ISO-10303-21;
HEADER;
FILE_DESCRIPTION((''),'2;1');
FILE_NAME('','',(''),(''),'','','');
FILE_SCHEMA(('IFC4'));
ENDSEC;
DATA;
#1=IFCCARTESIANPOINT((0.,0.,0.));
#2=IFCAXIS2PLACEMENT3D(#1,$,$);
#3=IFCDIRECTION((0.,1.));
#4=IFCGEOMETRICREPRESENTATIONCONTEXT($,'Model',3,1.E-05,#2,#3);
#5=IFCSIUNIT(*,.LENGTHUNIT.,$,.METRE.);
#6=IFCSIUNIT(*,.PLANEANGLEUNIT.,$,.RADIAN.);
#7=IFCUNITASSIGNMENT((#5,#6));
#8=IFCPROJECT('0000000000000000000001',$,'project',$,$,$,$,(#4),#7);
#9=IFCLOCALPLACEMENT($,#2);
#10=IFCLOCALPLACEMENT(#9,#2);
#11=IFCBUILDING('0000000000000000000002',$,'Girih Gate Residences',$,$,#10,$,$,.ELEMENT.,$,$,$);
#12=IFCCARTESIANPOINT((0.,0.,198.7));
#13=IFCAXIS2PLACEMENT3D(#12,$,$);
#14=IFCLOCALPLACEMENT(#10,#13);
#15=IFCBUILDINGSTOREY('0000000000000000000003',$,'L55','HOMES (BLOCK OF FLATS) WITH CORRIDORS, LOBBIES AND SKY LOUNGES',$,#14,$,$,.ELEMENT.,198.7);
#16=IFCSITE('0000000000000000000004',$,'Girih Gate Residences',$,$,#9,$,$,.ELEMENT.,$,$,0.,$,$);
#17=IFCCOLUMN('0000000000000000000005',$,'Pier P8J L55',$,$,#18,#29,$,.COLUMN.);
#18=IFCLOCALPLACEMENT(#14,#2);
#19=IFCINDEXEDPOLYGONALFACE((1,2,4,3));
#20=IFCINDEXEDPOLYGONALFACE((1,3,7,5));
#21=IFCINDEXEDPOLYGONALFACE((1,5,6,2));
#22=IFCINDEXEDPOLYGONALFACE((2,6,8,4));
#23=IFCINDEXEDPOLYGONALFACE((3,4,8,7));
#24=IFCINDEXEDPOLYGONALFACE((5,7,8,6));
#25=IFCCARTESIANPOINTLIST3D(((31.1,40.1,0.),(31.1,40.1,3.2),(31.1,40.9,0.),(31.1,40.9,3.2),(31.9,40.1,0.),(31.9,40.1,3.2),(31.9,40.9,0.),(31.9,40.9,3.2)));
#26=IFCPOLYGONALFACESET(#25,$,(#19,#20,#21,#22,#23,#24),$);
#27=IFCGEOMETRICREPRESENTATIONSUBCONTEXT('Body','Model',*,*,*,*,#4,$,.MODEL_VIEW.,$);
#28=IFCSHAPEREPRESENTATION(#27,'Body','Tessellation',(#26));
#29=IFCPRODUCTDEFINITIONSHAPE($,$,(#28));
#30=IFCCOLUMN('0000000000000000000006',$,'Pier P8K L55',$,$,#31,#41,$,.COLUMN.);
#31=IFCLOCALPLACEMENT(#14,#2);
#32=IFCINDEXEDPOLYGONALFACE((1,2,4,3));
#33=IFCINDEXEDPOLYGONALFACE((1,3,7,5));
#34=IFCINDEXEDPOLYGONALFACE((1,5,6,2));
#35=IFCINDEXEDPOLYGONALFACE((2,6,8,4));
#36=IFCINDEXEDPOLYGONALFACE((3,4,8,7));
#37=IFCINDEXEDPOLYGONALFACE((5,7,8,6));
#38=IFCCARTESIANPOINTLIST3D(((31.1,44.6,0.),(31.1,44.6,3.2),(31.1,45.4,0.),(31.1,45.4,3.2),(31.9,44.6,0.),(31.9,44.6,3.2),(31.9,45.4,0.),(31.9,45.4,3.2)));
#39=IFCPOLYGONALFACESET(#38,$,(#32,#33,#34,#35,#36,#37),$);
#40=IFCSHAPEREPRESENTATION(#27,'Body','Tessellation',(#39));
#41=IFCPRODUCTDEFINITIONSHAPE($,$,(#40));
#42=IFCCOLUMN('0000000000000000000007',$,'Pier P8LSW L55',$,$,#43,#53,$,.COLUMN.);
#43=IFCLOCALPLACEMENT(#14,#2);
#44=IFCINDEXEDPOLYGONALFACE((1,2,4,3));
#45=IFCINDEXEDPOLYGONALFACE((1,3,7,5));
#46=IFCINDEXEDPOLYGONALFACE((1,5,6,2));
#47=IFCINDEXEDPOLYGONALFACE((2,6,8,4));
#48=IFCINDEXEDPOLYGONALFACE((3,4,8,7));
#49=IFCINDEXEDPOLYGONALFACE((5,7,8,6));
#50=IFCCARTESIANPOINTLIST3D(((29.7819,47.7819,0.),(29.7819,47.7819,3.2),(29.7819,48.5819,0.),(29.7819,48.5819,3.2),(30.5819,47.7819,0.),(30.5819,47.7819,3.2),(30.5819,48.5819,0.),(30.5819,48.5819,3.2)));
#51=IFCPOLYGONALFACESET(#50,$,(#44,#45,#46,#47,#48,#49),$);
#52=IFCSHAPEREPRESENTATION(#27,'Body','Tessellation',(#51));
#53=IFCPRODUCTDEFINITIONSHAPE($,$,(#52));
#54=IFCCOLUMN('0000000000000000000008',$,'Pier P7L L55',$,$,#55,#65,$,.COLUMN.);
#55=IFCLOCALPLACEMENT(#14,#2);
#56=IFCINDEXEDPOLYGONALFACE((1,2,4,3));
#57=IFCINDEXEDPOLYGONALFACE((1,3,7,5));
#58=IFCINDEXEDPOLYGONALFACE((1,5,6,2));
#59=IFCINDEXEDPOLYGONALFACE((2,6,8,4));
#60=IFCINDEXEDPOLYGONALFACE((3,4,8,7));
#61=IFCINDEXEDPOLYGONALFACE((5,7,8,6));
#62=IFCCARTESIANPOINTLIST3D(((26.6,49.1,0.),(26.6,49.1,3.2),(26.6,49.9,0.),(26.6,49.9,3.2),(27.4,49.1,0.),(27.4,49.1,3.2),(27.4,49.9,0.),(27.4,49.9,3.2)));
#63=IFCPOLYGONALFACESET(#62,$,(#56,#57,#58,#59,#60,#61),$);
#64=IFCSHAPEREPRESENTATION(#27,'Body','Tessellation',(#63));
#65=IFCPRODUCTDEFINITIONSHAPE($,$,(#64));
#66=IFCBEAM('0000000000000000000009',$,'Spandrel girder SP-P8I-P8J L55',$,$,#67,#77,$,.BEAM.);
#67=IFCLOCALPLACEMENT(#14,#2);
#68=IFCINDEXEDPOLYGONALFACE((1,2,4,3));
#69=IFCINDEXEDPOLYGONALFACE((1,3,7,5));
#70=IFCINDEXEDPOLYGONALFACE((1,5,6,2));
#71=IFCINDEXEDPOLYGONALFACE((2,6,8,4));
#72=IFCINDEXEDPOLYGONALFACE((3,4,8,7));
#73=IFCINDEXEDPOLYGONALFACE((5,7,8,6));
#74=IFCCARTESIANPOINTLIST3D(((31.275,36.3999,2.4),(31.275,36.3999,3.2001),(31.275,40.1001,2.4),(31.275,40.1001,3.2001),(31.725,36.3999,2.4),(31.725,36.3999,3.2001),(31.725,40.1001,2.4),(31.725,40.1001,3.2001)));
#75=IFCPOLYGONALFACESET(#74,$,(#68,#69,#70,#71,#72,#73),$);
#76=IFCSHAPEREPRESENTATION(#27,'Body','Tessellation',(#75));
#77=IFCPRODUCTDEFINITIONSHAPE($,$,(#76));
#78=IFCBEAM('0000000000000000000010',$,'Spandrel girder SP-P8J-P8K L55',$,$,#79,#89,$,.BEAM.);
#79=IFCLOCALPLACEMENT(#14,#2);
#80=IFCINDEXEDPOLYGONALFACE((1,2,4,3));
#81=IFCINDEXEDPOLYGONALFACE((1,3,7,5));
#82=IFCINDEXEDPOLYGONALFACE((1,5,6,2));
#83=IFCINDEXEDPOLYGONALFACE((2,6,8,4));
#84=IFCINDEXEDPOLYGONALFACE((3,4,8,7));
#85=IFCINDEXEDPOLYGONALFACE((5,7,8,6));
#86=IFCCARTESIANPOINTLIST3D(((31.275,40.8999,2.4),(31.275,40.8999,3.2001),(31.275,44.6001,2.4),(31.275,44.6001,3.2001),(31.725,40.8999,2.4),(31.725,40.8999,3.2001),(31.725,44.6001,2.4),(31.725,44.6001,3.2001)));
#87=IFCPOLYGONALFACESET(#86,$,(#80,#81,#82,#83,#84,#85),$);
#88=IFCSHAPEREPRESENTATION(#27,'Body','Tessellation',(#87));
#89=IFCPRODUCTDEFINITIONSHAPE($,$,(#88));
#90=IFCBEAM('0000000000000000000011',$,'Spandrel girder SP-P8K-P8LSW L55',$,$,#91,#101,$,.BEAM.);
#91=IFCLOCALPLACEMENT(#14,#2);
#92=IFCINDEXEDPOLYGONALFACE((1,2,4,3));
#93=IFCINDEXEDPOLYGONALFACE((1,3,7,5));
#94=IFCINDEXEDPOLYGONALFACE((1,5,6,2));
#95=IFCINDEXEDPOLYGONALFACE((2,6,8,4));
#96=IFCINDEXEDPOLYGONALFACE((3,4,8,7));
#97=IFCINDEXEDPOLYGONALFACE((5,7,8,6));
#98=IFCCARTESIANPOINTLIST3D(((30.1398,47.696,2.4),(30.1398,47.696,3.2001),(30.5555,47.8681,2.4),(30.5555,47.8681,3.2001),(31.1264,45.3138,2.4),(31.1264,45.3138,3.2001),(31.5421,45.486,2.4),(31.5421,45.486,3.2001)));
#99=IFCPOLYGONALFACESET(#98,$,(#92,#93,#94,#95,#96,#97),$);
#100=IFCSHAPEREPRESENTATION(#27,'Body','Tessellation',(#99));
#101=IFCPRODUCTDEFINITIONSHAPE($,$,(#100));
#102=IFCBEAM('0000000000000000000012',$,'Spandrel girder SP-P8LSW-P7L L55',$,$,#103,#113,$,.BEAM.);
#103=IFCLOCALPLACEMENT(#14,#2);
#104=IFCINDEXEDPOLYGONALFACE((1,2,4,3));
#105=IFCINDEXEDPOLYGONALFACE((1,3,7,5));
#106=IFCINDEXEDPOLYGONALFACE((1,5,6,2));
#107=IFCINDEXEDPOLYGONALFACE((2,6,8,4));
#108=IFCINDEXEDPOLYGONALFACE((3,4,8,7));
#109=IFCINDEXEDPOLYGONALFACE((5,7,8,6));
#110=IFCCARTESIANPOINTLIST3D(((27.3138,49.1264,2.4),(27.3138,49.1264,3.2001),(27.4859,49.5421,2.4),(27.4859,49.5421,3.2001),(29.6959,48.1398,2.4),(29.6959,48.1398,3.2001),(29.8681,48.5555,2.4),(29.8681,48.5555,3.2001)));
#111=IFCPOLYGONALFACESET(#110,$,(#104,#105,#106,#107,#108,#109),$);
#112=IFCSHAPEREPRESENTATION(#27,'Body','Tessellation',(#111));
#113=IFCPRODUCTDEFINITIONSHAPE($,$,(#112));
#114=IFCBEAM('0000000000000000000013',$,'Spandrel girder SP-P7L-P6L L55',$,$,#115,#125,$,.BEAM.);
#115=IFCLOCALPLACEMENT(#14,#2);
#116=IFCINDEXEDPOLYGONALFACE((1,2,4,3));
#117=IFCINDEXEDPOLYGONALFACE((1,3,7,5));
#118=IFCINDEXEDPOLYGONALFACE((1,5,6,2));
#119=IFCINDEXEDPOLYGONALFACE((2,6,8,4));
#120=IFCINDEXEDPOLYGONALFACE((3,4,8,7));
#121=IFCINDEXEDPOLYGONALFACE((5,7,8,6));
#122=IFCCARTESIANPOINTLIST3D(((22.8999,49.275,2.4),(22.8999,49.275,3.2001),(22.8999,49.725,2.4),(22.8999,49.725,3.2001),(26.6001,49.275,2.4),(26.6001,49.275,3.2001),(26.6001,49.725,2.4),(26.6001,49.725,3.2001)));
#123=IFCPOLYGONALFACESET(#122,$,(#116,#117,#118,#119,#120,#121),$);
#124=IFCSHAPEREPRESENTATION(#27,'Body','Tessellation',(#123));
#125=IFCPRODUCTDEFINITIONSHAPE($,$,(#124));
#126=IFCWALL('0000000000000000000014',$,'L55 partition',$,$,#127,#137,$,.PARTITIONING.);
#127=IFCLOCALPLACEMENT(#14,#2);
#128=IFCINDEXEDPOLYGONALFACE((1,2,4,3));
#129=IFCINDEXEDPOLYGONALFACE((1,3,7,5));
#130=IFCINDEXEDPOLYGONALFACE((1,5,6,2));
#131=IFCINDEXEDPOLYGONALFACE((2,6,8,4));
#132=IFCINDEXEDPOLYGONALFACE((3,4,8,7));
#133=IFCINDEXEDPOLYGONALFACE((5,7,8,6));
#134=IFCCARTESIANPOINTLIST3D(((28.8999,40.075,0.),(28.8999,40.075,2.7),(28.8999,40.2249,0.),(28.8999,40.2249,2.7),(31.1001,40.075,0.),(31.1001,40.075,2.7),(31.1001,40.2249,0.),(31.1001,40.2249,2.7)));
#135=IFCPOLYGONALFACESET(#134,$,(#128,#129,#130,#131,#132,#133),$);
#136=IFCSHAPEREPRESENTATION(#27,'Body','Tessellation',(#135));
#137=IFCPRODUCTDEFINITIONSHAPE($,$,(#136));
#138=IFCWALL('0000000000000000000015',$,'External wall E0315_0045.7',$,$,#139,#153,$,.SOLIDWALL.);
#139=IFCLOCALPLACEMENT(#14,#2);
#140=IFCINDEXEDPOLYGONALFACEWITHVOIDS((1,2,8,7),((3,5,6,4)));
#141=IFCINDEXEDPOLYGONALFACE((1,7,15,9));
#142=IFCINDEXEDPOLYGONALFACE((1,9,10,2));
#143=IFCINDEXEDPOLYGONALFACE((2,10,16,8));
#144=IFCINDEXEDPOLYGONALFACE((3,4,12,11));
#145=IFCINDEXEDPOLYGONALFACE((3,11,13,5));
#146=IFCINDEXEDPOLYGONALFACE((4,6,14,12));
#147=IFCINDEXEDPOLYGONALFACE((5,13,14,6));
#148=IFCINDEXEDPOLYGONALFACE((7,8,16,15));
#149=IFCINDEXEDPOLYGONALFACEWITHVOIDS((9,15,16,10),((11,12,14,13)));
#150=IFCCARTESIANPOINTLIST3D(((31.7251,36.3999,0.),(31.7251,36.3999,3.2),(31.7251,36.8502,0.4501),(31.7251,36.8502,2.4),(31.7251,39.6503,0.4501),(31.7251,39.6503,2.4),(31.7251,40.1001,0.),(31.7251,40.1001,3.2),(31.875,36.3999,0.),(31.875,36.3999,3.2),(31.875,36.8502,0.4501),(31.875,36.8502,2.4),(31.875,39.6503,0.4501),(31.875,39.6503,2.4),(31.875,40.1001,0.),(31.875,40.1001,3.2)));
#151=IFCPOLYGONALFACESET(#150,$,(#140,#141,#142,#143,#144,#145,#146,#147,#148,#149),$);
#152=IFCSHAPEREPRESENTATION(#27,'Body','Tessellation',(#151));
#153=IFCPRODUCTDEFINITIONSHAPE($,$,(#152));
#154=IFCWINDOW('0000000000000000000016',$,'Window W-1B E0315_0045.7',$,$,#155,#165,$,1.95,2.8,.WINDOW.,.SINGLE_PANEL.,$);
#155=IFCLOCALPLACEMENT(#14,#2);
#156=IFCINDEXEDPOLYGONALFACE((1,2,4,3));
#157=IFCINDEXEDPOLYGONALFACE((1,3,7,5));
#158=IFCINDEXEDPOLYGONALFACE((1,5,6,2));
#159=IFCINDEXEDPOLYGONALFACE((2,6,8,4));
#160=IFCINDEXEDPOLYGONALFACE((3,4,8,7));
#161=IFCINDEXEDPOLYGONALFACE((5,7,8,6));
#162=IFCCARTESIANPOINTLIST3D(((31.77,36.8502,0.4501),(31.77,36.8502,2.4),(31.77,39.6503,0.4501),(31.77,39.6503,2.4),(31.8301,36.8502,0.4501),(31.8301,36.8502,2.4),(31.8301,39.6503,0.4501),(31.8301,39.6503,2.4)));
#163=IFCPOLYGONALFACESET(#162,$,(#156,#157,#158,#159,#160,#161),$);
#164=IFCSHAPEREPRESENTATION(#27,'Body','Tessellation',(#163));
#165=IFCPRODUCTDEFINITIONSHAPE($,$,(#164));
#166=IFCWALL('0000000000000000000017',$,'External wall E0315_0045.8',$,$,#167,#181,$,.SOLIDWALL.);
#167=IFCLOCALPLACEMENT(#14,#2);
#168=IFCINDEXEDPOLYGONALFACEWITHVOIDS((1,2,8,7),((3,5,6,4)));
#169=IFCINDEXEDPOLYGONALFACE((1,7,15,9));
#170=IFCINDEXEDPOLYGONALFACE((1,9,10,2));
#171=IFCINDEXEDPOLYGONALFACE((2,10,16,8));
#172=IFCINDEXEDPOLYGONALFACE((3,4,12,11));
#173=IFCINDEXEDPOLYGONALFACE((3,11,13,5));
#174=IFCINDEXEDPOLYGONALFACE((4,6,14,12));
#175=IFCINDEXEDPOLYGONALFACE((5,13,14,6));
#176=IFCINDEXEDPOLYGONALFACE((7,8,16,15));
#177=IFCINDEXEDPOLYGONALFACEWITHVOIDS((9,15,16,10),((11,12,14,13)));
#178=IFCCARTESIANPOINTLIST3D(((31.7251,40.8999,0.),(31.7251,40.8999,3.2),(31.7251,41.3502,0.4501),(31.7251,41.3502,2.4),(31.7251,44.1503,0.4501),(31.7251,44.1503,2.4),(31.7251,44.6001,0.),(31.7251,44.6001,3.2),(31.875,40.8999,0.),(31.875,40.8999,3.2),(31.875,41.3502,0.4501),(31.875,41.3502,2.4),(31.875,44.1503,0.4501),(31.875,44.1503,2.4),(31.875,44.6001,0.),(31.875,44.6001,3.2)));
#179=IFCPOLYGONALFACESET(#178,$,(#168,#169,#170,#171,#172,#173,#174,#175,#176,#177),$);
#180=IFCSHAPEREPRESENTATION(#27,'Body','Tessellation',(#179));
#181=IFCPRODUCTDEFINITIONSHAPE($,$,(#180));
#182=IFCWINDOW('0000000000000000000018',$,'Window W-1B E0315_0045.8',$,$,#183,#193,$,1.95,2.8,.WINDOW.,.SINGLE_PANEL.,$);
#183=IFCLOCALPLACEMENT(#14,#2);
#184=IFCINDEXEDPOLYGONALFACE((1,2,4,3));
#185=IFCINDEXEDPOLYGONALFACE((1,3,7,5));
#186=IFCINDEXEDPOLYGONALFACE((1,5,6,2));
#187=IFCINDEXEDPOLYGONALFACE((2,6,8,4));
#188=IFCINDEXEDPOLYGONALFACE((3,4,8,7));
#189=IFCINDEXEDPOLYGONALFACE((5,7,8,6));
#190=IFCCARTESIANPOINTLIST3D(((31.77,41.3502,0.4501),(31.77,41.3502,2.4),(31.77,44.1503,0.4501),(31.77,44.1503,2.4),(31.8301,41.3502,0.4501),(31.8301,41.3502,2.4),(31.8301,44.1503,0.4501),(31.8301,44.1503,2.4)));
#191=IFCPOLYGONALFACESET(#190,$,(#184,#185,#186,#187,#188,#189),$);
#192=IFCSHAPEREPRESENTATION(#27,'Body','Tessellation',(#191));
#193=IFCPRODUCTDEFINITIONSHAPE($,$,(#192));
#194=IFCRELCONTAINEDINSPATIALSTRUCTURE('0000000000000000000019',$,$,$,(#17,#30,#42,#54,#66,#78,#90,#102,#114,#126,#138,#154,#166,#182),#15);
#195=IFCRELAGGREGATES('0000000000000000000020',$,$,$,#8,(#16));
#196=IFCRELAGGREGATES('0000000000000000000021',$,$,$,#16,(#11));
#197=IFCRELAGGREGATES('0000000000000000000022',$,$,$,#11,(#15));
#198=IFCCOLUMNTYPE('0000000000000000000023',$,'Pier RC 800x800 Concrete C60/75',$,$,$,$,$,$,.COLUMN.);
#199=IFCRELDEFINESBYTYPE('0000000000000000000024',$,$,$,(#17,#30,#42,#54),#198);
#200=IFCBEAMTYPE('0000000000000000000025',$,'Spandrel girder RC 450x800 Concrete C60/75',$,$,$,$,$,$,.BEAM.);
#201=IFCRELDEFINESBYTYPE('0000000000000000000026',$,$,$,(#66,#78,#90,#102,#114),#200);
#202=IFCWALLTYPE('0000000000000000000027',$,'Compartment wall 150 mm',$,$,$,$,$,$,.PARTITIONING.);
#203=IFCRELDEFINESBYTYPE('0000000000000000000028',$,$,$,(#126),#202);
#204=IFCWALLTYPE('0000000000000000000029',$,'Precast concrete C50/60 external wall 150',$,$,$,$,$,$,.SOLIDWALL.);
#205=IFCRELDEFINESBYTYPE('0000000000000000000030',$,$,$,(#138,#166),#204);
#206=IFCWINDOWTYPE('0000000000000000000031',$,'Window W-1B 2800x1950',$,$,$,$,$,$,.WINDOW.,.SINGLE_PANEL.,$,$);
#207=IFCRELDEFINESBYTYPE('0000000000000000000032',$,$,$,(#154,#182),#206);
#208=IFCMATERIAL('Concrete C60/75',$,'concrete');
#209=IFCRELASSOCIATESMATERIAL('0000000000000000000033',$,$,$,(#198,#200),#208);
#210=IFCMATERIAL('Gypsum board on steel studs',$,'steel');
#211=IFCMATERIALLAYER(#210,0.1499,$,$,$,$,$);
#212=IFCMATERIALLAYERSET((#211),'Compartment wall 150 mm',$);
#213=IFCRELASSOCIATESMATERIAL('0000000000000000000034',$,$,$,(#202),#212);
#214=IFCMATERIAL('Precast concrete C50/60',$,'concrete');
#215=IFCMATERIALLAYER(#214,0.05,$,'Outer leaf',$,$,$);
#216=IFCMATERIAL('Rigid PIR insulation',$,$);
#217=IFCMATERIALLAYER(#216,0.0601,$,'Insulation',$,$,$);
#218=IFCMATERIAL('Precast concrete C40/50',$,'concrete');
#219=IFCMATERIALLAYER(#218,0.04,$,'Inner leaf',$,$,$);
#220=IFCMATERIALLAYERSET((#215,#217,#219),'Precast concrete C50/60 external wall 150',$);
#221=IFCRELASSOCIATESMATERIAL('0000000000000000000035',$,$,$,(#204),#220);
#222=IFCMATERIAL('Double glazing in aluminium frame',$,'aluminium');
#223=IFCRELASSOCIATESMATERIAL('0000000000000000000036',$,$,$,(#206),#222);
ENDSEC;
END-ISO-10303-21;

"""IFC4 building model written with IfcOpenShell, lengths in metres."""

from ifc_helpers import new_model, si_unit, direction, frame, frame_2d, origin, origin_2d, place, context, subcontext, project, spatial, rectangle, extrude, material, layer, layer_set, material_profile, profile_set, type_object, element, fill, save


model = new_model("IFC4")

# Units and contexts
model_context = context("Model", 3, precision=1e-05, world=origin(), true_north=direction((0.0, 1.0)))
body_context = subcontext(model_context, "Body", "Model", "MODEL_VIEW")
ifc_project = project(units=[si_unit("LENGTHUNIT", "METRE"), si_unit("PLANEANGLEUNIT", "RADIAN")], contexts=[model_context])

# Site, building, storey
site_placement = place(None, origin())
site = spatial("IfcSite", under=ifc_project, at=site_placement, Name="Girih Gate Residences", CompositionType="ELEMENT", RefElevation=0.0)
building_placement = place(site_placement, origin())
building = spatial("IfcBuilding", under=site, at=building_placement, Name="Girih Gate Residences", CompositionType="ELEMENT")
storey_placement = place(building_placement, frame((0.0, 0.0, 198.7)))
storey = spatial("IfcBuildingStorey", under=building, at=storey_placement, Name="L55", Description="HOMES (BLOCK OF FLATS) WITH CORRIDORS, LOBBIES AND SKY LOUNGES", CompositionType="ELEMENT", Elevation=198.7)

# Columns
ifc_material_1 = material(Name="Concrete C60/75", Category="concrete")
ifc_material_profile_1 = material_profile(ifc_material_1, rectangle(XDim=0.8, YDim=0.8, at=origin_2d()))
ifc_profile_set_1 = profile_set([ifc_material_profile_1], Name="Concrete C60/75")
column_type = type_object("IfcColumnType", Name="Pier RC 800x800 Concrete C60/75", PredefinedType="COLUMN", material=ifc_profile_set_1)
for number, where, z_axis, x_axis, name in (
    (1, (31.5, 40.5, 0.0), (0.0, 0.0, 1.0), (1.0, 0.0, 0.0), "Pier P8J L55"),
    (2, (31.5, 45.0, 0.0), (0.0, 0.0, 1.0), (1.0, 0.0, 0.0), "Pier P8K L55"),
    (3, (30.1819, 48.1819, 0.0), (0.0, 0.0, 1.0), (1.0, 0.0, 0.0), "Pier P8LSW L55"),
    (4, (27.0, 49.5, 0.0), (0.0, 0.0, 1.0), (1.0, 0.0, 0.0), "Pier P7L L55"),
):
    element("IfcColumn", number, at=place(storey_placement, frame(where, z_axis=z_axis, x_axis=x_axis)), inside=storey, type_object=column_type, Name=name, PredefinedType="COLUMN", context=body_context, shape_type="SweptSolid", body=[
        extrude(rectangle(XDim=0.8, YDim=0.8, at=origin_2d()), origin(), (0.0, 0.0, 1.0), 3.2),
    ])

# Beams
ifc_material_profile_2 = material_profile(ifc_material_1, rectangle(XDim=0.45, YDim=0.8, at=origin_2d()))
ifc_profile_set_2 = profile_set([ifc_material_profile_2], Name="Concrete C60/75")
beam_type = type_object("IfcBeamType", Name="Spandrel girder RC 450x800 Concrete C60/75", PredefinedType="BEAM", material=ifc_profile_set_2)
for number, where, z_axis, x_axis, name in (
    (5, (31.5, 36.3999, 2.8), (0.0, 1.0, 0.0), (-1.0, 0.0, 0.0), "Spandrel girder SP-P8I-P8J L55"),
    (6, (31.5, 40.8999, 2.8), (0.0, 1.0, 0.0), (-1.0, 0.0, 0.0), "Spandrel girder SP-P8J-P8K L55"),
):
    element("IfcBeam", number, at=place(storey_placement, frame(where, z_axis=z_axis, x_axis=x_axis)), inside=storey, type_object=beam_type, Name=name, PredefinedType="BEAM", context=body_context, shape_type="SweptSolid", body=[
        extrude(rectangle(XDim=0.45, YDim=0.8, at=origin_2d()), origin(), (0.0, 0.0, 1.0), 3.7002),
    ])
for number, where, z_axis, x_axis, name in (
    (7, (31.3342, 45.3999, 2.8), (-0.382644, 0.923896, 0.0), (-0.923896, -0.382644, 0.0), "Spandrel girder SP-P8K-P8LSW L55"),
    (8, (29.782, 48.3477, 2.8), (-0.923896, 0.382644, 0.0), (-0.382644, -0.923896, 0.0), "Spandrel girder SP-P8LSW-P7L L55"),
):
    element("IfcBeam", number, at=place(storey_placement, frame(where, z_axis=z_axis, x_axis=x_axis)), inside=storey, type_object=beam_type, Name=name, PredefinedType="BEAM", context=body_context, shape_type="SweptSolid", body=[
        extrude(rectangle(XDim=0.45, YDim=0.8, at=origin_2d()), origin(), (0.0, 0.0, 1.0), 2.5784),
    ])
beam_placement = place(storey_placement, frame((26.6001, 49.5, 2.8), z_axis=(-1.0, 0.0, 0.0), x_axis=(0.0, -1.0, 0.0)))
element("IfcBeam", 9, at=beam_placement, inside=storey, type_object=beam_type, Name="Spandrel girder SP-P7L-P6L L55", PredefinedType="BEAM", context=body_context, shape_type="SweptSolid", body=[
    extrude(rectangle(XDim=0.45, YDim=0.8, at=origin_2d()), origin(), (0.0, 0.0, 1.0), 3.7002),
])

# Wall
ifc_material_2 = material(Name="Gypsum board on steel studs", Category="steel")
ifc_layer_1 = layer(ifc_material_2, 0.1499)
ifc_layer_set_1 = layer_set([ifc_layer_1], Name="Compartment wall 150 mm")
wall_type_1 = type_object("IfcWallType", Name="Compartment wall 150 mm", PredefinedType="PARTITIONING", material=ifc_layer_set_1)
wall_1_placement = place(storey_placement, frame((28.8999, 40.1499, 0.0), z_axis=(0.0, 0.0, 1.0), x_axis=(1.0, 0.0, 0.0)))
element("IfcWall", 10, at=wall_1_placement, inside=storey, type_object=wall_type_1, Name="L55 partition", PredefinedType="PARTITIONING", context=body_context, shape_type="SweptSolid", body=[
    extrude(rectangle(XDim=2.2002, YDim=0.1499, at=frame_2d((1.1001, 0.0))), origin(), (0.0, 0.0, 1.0), 2.7),
])

# Walls, openings, windows
ifc_material_3 = material(Name="Precast concrete C50/60", Category="concrete")
ifc_layer_2 = layer(ifc_material_3, 0.05, Name="Outer leaf")
ifc_material_4 = material(Name="Rigid PIR insulation")
ifc_layer_3 = layer(ifc_material_4, 0.0601, Name="Insulation")
ifc_material_5 = material(Name="Precast concrete C40/50", Category="concrete")
ifc_layer_4 = layer(ifc_material_5, 0.04, Name="Inner leaf")
ifc_layer_set_2 = layer_set([ifc_layer_2, ifc_layer_3, ifc_layer_4], Name="Precast concrete C50/60 external wall 150")
wall_type_2 = type_object("IfcWallType", Name="Precast concrete C50/60 external wall 150", PredefinedType="SOLIDWALL", material=ifc_layer_set_2)
wall_2_placement = place(storey_placement, frame((31.8, 40.1001, 0.0), z_axis=(0.0, 0.0, 1.0), x_axis=(0.0, -1.0, 0.0)))
wall_2 = element("IfcWall", 11, at=wall_2_placement, inside=storey, type_object=wall_type_2, Name="External wall E0315_0045.7", PredefinedType="SOLIDWALL", context=body_context, shape_type="SweptSolid", body=[
    extrude(rectangle(XDim=3.7002, YDim=0.1499, at=frame_2d((1.8501, 0.0))), origin(), (0.0, 0.0, 1.0), 3.2),
])
opening_1_placement = place(wall_2_placement, frame((0.45, 0.0, 0.45)))
opening_1 = element("IfcOpeningElement", 12, at=opening_1_placement, cuts=wall_2, PredefinedType="OPENING", context=body_context, shape_type="SweptSolid", body=[
    extrude(rectangle(XDim=2.8, YDim=1.95, at=frame_2d((1.3999, 0.9751))), frame((0.0, 0.085, 0.0), z_axis=(0.0, -1.0, 0.0), x_axis=(1.0, 0.0, 0.0)), (0.0, 0.0, 1.0), 0.1699),
])
ifc_material_6 = material(Name="Double glazing in aluminium frame", Category="aluminium")
window_type_1 = type_object("IfcWindowType", Name="Window W-1B 2800x1950", PartitioningType="SINGLE_PANEL", PredefinedType="WINDOW", material=ifc_material_6)
window_1_placement = place(opening_1_placement, origin())
window_1 = element("IfcWindow", 13, at=window_1_placement, inside=storey, type_object=window_type_1, Name="Window W-1B E0315_0045.7", OverallHeight=1.95, OverallWidth=2.8, PartitioningType="SINGLE_PANEL", PredefinedType="WINDOW", context=body_context, shape_type="SweptSolid", body=[
    extrude(rectangle(XDim=2.8, YDim=1.95, at=frame_2d((1.3999, 0.9751))), frame((0.0, 0.03, 0.0), z_axis=(0.0, -1.0, 0.0), x_axis=(1.0, 0.0, 0.0)), (0.0, 0.0, 1.0), 0.0601),
])
fill(opening_1, window_1)
wall_3_placement = place(storey_placement, frame((31.8, 44.6001, 0.0), z_axis=(0.0, 0.0, 1.0), x_axis=(0.0, -1.0, 0.0)))
wall_3 = element("IfcWall", 14, at=wall_3_placement, inside=storey, type_object=wall_type_2, Name="External wall E0315_0045.8", PredefinedType="SOLIDWALL", context=body_context, shape_type="SweptSolid", body=[
    extrude(rectangle(XDim=3.7002, YDim=0.1499, at=frame_2d((1.8501, 0.0))), origin(), (0.0, 0.0, 1.0), 3.2),
])
opening_2_placement = place(wall_3_placement, frame((0.45, 0.0, 0.45)))
opening_2 = element("IfcOpeningElement", 15, at=opening_2_placement, cuts=wall_3, PredefinedType="OPENING", context=body_context, shape_type="SweptSolid", body=[
    extrude(rectangle(XDim=2.8, YDim=1.95, at=frame_2d((1.3999, 0.9751))), frame((0.0, 0.085, 0.0), z_axis=(0.0, -1.0, 0.0), x_axis=(1.0, 0.0, 0.0)), (0.0, 0.0, 1.0), 0.1699),
])
window_2_placement = place(opening_2_placement, origin())
window_2 = element("IfcWindow", 16, at=window_2_placement, inside=storey, type_object=window_type_1, Name="Window W-1B E0315_0045.8", OverallHeight=1.95, OverallWidth=2.8, PartitioningType="SINGLE_PANEL", PredefinedType="WINDOW", context=body_context, shape_type="SweptSolid", body=[
    extrude(rectangle(XDim=2.8, YDim=1.95, at=frame_2d((1.3999, 0.9751))), frame((0.0, 0.03, 0.0), z_axis=(0.0, -1.0, 0.0), x_axis=(1.0, 0.0, 0.0)), (0.0, 0.0, 1.0), 0.0601),
])
fill(opening_2, window_2)

save(model, "model.ifc")
